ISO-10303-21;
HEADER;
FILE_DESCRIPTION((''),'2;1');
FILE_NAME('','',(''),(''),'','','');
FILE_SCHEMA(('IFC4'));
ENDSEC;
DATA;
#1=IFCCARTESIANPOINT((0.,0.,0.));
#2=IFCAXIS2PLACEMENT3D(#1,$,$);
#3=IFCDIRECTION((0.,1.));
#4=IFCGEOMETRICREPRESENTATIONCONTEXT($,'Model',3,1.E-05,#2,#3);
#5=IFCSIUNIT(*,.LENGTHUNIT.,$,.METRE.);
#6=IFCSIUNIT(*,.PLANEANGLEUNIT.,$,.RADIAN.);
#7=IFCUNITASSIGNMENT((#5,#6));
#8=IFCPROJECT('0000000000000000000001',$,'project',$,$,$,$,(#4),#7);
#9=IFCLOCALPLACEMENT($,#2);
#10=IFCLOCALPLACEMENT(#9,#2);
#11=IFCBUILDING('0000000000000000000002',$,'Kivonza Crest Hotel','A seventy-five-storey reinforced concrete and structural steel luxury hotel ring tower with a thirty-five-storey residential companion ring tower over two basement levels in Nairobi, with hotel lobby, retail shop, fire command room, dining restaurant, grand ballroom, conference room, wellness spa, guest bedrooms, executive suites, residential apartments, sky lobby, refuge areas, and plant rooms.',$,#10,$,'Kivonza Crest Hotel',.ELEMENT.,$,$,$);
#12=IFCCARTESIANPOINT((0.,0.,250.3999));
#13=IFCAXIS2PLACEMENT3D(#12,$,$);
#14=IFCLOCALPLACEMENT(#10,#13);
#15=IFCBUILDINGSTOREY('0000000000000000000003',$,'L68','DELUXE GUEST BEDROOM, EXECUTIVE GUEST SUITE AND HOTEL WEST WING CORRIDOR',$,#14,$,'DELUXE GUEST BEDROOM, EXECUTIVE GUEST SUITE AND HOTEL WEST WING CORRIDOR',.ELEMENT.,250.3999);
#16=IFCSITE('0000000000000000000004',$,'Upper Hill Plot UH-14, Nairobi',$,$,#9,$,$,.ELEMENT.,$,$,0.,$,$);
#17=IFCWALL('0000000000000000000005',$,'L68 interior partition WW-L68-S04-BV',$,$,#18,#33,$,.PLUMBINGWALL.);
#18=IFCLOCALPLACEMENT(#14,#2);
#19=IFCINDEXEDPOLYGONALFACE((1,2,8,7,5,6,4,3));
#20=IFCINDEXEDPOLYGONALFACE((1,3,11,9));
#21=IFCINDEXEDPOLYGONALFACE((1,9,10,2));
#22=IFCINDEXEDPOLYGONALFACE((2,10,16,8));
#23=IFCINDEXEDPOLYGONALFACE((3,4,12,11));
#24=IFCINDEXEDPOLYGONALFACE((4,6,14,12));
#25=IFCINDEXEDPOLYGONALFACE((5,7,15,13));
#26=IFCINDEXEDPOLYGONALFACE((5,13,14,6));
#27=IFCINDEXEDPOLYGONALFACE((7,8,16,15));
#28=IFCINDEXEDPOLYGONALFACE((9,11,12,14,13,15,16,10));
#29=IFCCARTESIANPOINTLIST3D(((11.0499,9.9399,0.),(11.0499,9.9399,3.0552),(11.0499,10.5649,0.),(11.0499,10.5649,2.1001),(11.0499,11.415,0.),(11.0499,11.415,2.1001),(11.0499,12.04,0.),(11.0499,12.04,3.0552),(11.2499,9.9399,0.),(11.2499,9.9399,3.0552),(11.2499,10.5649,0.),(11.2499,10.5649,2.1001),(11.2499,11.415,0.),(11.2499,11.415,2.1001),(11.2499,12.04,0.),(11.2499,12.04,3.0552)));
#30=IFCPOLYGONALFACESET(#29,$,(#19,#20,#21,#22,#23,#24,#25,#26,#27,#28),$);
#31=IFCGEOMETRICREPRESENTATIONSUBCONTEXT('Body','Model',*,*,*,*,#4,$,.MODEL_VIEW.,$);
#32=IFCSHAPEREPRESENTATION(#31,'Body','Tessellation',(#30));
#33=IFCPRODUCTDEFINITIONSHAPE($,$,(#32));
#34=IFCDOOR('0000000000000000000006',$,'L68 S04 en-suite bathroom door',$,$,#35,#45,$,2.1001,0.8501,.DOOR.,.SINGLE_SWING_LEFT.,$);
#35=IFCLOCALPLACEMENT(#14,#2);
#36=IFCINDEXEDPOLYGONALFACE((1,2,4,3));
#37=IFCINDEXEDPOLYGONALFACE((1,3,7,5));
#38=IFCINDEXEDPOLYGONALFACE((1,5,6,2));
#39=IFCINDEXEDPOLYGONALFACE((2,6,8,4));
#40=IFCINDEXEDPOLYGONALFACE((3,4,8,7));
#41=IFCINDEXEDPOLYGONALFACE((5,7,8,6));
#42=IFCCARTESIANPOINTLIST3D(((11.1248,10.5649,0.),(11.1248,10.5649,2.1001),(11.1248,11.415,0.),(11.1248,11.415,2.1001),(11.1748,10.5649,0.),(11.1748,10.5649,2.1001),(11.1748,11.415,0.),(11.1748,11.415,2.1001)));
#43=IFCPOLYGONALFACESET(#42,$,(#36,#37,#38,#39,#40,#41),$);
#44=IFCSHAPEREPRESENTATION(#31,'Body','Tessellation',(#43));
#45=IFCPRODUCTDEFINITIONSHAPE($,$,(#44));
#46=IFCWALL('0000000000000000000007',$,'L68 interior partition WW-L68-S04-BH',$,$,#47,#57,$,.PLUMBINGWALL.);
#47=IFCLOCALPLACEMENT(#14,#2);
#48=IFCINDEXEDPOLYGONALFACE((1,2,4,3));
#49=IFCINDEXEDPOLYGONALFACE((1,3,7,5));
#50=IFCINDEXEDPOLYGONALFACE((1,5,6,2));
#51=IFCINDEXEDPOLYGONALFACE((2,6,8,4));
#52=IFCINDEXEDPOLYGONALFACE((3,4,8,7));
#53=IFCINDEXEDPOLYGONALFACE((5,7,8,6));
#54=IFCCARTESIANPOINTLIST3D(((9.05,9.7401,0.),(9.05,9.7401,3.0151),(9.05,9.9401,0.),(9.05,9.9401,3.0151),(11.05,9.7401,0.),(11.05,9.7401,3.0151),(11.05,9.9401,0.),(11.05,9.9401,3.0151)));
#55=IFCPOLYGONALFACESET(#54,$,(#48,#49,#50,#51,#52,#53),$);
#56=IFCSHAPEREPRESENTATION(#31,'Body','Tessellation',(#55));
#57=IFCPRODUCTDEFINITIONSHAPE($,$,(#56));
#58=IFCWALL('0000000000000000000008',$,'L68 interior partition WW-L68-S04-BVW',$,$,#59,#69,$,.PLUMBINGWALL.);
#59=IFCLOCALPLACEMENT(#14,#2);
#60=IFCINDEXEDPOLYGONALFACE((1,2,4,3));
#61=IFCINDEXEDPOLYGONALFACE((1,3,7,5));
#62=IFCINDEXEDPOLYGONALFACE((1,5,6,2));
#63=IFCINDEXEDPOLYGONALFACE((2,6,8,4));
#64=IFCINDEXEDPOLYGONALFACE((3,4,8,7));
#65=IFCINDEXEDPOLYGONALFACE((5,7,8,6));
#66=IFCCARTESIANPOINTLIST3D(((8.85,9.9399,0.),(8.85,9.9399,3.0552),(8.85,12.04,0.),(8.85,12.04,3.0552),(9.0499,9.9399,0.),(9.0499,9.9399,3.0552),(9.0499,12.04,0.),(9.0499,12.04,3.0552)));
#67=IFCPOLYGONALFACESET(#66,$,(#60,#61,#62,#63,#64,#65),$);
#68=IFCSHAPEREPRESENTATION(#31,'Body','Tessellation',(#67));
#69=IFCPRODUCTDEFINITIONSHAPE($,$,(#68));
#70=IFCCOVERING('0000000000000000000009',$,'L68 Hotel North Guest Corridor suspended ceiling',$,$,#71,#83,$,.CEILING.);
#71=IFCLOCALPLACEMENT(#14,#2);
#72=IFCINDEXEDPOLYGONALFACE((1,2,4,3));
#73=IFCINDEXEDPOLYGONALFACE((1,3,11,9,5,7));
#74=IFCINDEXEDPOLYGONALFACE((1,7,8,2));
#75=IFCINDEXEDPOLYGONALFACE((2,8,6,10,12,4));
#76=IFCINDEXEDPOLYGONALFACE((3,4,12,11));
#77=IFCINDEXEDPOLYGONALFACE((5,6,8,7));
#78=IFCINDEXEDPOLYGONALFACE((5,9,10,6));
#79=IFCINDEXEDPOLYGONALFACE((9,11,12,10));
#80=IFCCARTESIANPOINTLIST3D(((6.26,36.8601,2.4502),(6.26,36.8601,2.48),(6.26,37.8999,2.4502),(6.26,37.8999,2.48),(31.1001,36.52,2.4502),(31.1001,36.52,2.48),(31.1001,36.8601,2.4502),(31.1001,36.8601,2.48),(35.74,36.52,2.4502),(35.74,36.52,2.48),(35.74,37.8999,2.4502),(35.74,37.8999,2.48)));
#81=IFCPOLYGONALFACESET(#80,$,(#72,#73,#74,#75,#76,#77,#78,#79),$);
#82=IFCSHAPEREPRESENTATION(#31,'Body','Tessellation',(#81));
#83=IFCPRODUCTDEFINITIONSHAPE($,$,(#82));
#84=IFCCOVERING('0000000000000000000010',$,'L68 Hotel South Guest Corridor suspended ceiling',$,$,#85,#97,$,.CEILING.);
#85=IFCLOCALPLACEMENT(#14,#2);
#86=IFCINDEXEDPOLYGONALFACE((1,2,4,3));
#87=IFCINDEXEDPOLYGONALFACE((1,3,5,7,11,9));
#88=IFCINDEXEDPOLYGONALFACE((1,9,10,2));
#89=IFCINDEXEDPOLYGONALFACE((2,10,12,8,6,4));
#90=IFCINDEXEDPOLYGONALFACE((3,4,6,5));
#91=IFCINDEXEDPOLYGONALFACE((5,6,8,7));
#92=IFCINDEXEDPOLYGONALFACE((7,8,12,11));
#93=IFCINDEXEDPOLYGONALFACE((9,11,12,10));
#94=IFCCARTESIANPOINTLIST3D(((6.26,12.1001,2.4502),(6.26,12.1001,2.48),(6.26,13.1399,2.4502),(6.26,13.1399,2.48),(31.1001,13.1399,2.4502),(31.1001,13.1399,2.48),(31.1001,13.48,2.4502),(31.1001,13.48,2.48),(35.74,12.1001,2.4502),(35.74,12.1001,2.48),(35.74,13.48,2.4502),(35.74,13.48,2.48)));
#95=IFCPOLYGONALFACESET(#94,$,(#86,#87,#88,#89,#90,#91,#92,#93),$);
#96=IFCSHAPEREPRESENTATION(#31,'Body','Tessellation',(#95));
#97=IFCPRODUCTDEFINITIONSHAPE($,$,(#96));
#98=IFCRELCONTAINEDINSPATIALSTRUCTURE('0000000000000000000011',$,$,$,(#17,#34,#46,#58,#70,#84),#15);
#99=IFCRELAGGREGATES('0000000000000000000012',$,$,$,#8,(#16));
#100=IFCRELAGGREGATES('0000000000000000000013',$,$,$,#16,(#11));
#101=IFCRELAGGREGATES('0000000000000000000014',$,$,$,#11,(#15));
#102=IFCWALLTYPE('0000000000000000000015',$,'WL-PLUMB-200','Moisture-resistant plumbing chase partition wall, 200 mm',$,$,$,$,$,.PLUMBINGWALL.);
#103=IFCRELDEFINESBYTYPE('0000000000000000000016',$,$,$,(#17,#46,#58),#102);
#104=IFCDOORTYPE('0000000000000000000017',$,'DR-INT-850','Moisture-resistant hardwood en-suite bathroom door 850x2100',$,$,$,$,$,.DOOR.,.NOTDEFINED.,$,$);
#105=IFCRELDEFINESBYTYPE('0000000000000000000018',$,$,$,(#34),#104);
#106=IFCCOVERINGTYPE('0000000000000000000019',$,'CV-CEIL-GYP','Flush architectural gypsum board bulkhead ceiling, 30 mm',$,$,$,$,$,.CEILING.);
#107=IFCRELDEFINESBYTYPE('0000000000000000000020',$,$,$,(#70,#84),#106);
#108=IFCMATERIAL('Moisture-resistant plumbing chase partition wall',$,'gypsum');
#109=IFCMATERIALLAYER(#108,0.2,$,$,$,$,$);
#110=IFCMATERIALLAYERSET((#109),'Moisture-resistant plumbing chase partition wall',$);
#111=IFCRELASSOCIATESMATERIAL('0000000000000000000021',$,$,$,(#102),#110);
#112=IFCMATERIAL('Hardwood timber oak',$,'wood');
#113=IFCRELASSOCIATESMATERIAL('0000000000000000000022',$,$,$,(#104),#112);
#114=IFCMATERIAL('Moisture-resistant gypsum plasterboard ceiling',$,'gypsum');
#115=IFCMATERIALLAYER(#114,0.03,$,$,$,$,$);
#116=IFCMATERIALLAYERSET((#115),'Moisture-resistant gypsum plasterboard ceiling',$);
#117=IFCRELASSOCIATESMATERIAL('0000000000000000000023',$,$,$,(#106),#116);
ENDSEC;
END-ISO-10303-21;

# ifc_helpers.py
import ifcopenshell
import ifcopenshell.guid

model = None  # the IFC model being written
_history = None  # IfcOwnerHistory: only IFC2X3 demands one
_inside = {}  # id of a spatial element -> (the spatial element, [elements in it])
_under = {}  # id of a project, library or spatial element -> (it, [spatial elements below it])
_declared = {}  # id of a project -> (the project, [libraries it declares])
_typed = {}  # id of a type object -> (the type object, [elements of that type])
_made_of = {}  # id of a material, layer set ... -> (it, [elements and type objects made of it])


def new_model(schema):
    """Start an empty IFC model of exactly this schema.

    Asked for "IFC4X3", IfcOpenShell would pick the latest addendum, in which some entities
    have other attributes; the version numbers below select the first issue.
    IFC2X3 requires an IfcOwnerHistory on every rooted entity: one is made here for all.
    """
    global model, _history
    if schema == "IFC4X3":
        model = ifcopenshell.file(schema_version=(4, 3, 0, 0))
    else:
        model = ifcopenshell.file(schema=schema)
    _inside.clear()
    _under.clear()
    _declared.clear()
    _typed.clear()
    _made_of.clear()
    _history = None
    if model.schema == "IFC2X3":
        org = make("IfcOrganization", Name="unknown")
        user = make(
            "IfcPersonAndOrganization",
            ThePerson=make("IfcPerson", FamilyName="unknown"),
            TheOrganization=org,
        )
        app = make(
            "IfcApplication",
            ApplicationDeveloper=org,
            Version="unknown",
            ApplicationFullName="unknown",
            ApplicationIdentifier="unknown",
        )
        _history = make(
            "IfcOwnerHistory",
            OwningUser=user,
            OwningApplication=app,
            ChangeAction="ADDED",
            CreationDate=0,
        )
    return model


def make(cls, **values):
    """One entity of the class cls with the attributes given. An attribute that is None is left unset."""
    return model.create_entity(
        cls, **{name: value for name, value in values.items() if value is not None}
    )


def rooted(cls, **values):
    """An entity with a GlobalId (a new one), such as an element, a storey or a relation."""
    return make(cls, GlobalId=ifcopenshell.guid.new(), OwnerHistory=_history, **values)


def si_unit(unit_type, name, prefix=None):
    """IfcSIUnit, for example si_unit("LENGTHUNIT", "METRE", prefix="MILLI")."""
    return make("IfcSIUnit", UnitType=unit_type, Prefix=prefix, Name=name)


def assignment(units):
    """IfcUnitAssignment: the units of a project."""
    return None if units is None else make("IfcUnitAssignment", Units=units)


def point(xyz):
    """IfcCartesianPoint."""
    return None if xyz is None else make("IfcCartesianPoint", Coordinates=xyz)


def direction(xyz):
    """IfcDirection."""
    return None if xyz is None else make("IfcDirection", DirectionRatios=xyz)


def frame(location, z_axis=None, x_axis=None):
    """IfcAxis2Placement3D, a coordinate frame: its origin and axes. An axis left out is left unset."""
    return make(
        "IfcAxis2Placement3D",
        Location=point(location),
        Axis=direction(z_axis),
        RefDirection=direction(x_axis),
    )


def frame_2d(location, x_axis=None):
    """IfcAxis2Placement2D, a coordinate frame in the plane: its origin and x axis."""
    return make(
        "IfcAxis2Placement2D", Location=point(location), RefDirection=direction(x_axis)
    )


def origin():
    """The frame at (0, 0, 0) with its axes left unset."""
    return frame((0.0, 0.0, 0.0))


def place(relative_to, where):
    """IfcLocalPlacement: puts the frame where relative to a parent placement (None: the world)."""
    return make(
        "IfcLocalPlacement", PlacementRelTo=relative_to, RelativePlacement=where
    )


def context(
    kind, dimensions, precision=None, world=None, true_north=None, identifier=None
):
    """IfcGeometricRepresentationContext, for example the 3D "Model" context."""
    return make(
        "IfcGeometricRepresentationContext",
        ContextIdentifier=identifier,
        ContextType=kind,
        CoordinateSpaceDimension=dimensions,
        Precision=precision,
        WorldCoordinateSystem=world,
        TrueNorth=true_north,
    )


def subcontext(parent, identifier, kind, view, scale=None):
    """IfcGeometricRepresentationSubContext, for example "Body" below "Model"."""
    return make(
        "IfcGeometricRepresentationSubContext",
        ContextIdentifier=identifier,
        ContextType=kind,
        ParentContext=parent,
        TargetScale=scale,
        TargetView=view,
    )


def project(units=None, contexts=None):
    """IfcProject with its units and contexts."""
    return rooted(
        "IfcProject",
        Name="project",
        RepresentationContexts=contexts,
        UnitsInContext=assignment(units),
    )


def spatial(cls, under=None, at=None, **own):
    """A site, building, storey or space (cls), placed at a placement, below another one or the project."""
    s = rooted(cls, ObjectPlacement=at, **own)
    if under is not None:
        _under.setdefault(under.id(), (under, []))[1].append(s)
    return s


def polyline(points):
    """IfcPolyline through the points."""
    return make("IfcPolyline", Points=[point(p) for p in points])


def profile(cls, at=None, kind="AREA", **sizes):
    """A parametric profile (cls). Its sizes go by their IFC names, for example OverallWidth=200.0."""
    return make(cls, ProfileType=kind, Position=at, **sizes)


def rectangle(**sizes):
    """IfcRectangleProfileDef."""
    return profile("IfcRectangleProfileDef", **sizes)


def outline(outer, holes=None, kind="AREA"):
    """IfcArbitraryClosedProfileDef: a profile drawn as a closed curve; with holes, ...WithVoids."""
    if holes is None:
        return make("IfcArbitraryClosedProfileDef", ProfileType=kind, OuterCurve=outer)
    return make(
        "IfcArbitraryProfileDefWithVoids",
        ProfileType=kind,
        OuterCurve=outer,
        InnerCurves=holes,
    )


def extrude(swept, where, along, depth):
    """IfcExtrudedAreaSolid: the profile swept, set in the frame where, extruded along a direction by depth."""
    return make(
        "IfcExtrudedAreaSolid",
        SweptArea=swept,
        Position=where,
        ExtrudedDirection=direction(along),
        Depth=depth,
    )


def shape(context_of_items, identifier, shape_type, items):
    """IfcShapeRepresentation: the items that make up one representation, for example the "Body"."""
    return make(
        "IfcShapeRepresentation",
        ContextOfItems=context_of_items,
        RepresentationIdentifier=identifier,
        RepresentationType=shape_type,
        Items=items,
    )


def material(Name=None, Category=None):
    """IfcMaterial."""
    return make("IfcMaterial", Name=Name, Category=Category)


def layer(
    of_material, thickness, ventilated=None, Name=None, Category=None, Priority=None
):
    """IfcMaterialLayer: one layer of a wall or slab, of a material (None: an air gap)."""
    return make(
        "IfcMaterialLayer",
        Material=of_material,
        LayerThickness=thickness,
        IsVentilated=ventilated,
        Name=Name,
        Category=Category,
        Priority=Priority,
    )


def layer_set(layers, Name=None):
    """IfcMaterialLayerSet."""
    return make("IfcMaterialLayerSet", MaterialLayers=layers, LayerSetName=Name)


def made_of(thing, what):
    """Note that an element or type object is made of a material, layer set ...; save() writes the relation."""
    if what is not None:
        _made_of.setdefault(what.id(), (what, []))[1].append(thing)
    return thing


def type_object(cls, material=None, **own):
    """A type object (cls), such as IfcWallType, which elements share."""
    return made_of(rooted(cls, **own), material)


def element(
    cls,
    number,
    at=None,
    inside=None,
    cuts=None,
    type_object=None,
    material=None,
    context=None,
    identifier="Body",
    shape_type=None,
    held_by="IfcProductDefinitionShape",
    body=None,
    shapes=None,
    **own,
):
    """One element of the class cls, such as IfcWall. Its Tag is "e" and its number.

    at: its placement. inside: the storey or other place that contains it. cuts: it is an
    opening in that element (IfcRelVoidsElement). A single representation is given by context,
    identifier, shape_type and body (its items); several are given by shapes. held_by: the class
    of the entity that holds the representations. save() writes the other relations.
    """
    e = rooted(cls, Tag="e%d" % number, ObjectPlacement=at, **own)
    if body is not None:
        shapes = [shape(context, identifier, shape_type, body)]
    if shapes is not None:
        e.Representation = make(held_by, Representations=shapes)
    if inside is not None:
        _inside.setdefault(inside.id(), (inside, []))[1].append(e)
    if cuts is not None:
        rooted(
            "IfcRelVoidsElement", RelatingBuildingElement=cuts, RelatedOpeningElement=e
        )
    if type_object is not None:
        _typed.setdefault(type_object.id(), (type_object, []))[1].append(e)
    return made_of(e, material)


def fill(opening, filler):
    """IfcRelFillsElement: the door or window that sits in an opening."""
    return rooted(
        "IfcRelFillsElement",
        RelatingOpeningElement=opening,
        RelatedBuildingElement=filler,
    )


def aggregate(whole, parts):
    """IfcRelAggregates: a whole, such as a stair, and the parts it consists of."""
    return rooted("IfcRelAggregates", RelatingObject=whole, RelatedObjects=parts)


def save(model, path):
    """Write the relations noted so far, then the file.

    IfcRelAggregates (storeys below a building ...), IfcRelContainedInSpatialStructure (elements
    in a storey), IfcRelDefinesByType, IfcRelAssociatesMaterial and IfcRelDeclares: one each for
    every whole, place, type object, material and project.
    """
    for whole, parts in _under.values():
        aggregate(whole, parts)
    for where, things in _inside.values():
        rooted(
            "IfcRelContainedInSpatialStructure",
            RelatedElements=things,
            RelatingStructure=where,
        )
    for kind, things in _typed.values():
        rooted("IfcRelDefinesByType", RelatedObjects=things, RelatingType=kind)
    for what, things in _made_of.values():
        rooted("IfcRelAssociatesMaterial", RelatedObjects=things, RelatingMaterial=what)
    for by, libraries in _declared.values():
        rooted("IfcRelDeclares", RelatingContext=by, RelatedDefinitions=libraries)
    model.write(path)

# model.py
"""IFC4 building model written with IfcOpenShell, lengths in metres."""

from ifc_helpers import new_model, si_unit, direction, frame, frame_2d, origin, place, context, subcontext, project, spatial, polyline, rectangle, outline, extrude, material, layer, layer_set, type_object, element, fill, save


model = new_model("IFC4")

# Units and contexts
model_context = context("Model", 3, precision=1e-05, world=origin(), true_north=direction((0.0, 1.0)))
body_context = subcontext(model_context, "Body", "Model", "MODEL_VIEW")
ifc_project = project(units=[si_unit("LENGTHUNIT", "METRE"), si_unit("PLANEANGLEUNIT", "RADIAN")], contexts=[model_context])

# Site, building, storey
site_placement = place(None, origin())
site = spatial("IfcSite", under=ifc_project, at=site_placement, Name="Upper Hill Plot UH-14, Nairobi", CompositionType="ELEMENT", RefElevation=0.0)
building_placement = place(site_placement, origin())
building = spatial("IfcBuilding", under=site, at=building_placement, Name="Kivonza Crest Hotel", Description="A seventy-five-storey reinforced concrete and structural steel luxury hotel ring tower with a thirty-five-storey residential companion ring tower over two basement levels in Nairobi, with hotel lobby, retail shop, fire command room, dining restaurant, grand ballroom, conference room, wellness spa, guest bedrooms, executive suites, residential apartments, sky lobby, refuge areas, and plant rooms.", LongName="Kivonza Crest Hotel", CompositionType="ELEMENT")
storey_placement = place(building_placement, frame((0.0, 0.0, 250.3999)))
storey = spatial("IfcBuildingStorey", under=building, at=storey_placement, Name="L68", Description="DELUXE GUEST BEDROOM, EXECUTIVE GUEST SUITE AND HOTEL WEST WING CORRIDOR", LongName="DELUXE GUEST BEDROOM, EXECUTIVE GUEST SUITE AND HOTEL WEST WING CORRIDOR", CompositionType="ELEMENT", Elevation=250.3999)

# Shared definitions
ifc_material_1 = material(Name="Hardwood timber oak", Category="wood")

# Wall, opening, door
ifc_material_2 = material(Name="Moisture-resistant plumbing chase partition wall", Category="gypsum")
ifc_layer_1 = layer(ifc_material_2, 0.2)
ifc_layer_set_1 = layer_set([ifc_layer_1], Name="Moisture-resistant plumbing chase partition wall")
wall_type_1 = type_object("IfcWallType", Name="WL-PLUMB-200", Description="Moisture-resistant plumbing chase partition wall, 200 mm", PredefinedType="PLUMBINGWALL", material=ifc_layer_set_1)
wall_1_placement = place(storey_placement, frame((11.1499, 9.9399, 0.0), z_axis=(0.0, 0.0, 1.0), x_axis=(0.0, 1.0, 0.0)))
wall_1 = element("IfcWall", 1, at=wall_1_placement, inside=storey, type_object=wall_type_1, Name="L68 interior partition WW-L68-S04-BV", PredefinedType="PLUMBINGWALL", context=body_context, shape_type="SweptSolid", body=[
    extrude(rectangle(XDim=2.1001, YDim=0.2, at=frame_2d((1.05, 0.0))), origin(), (0.0, 0.0, 1.0), 3.0552),
])
opening_1_placement = place(wall_1_placement, frame((0.625, 0.0, 0.0)))
opening_1 = element("IfcOpeningElement", 2, at=opening_1_placement, cuts=wall_1, PredefinedType="OPENING", context=body_context, shape_type="SweptSolid", body=[
    extrude(rectangle(XDim=0.8501, YDim=2.1001, at=frame_2d((0.425, 1.05))), frame((0.0, 0.1099, 0.0), z_axis=(0.0, -1.0, 0.0), x_axis=(1.0, 0.0, 0.0)), (0.0, 0.0, 1.0), 0.22),
])
door_type_1 = type_object("IfcDoorType", Name="DR-INT-850", Description="Moisture-resistant hardwood en-suite bathroom door 850x2100", OperationType="NOTDEFINED", PredefinedType="DOOR", material=ifc_material_1)
door_1_placement = place(opening_1_placement, frame((0.8501, 0.0, 0.0), z_axis=(0.0, 0.0, 1.0), x_axis=(-1.0, 0.0, 0.0)))
door_1 = element("IfcDoor", 3, at=door_1_placement, inside=storey, type_object=door_type_1, Name="L68 S04 en-suite bathroom door", OperationType="SINGLE_SWING_LEFT", OverallHeight=2.1001, OverallWidth=0.8501, PredefinedType="DOOR", context=body_context, shape_type="SweptSolid", body=[
    extrude(rectangle(XDim=0.8501, YDim=2.1001, at=frame_2d((0.425, 1.05))), frame((0.0, 0.0249, 0.0), z_axis=(0.0, -1.0, 0.0), x_axis=(1.0, 0.0, 0.0)), (0.0, 0.0, 1.0), 0.05),
])
fill(opening_1, door_1)

# Walls
wall_2_placement = place(storey_placement, frame((9.05, 9.8401, 0.0), z_axis=(0.0, 0.0, 1.0), x_axis=(1.0, 0.0, 0.0)))
element("IfcWall", 4, at=wall_2_placement, inside=storey, type_object=wall_type_1, Name="L68 interior partition WW-L68-S04-BH", PredefinedType="PLUMBINGWALL", context=body_context, shape_type="SweptSolid", body=[
    extrude(rectangle(XDim=2.0, YDim=0.2, at=frame_2d((1.0, 0.0))), origin(), (0.0, 0.0, 1.0), 3.0151),
])
wall_3_placement = place(storey_placement, frame((8.95, 9.9399, 0.0), z_axis=(0.0, 0.0, 1.0), x_axis=(0.0, 1.0, 0.0)))
element("IfcWall", 5, at=wall_3_placement, inside=storey, type_object=wall_type_1, Name="L68 interior partition WW-L68-S04-BVW", PredefinedType="PLUMBINGWALL", context=body_context, shape_type="SweptSolid", body=[
    extrude(rectangle(XDim=2.1001, YDim=0.2, at=frame_2d((1.05, 0.0))), origin(), (0.0, 0.0, 1.0), 3.0552),
])

# Coverings
ifc_material_3 = material(Name="Moisture-resistant gypsum plasterboard ceiling", Category="gypsum")
ifc_layer_2 = layer(ifc_material_3, 0.03)
ifc_layer_set_2 = layer_set([ifc_layer_2], Name="Moisture-resistant gypsum plasterboard ceiling")
covering_type = type_object("IfcCoveringType", Name="CV-CEIL-GYP", Description="Flush architectural gypsum board bulkhead ceiling, 30 mm", PredefinedType="CEILING", material=ifc_layer_set_2)
covering_1_placement = place(storey_placement, frame((0.0, 0.0, 2.4502)))
element("IfcCovering", 6, at=covering_1_placement, inside=storey, type_object=covering_type, Name="L68 Hotel North Guest Corridor suspended ceiling", PredefinedType="CEILING", context=body_context, shape_type="SweptSolid", body=[
    extrude(outline(polyline([(35.74, 36.52), (35.74, 37.8999), (6.26, 37.8999), (6.26, 36.8601), (31.1001, 36.8601), (31.1001, 36.52), (35.74, 36.52)])), origin(), (0.0, 0.0, 1.0), 0.0298),
])
covering_2_placement = place(storey_placement, frame((0.0, 0.0, 2.4502)))
element("IfcCovering", 7, at=covering_2_placement, inside=storey, type_object=covering_type, Name="L68 Hotel South Guest Corridor suspended ceiling", PredefinedType="CEILING", context=body_context, shape_type="SweptSolid", body=[
    extrude(outline(polyline([(35.74, 12.1001), (35.74, 13.48), (31.1001, 13.48), (31.1001, 13.1399), (6.26, 13.1399), (6.26, 12.1001), (35.74, 12.1001)])), origin(), (0.0, 0.0, 1.0), 0.0298),
])

save(model, "model.ifc")
